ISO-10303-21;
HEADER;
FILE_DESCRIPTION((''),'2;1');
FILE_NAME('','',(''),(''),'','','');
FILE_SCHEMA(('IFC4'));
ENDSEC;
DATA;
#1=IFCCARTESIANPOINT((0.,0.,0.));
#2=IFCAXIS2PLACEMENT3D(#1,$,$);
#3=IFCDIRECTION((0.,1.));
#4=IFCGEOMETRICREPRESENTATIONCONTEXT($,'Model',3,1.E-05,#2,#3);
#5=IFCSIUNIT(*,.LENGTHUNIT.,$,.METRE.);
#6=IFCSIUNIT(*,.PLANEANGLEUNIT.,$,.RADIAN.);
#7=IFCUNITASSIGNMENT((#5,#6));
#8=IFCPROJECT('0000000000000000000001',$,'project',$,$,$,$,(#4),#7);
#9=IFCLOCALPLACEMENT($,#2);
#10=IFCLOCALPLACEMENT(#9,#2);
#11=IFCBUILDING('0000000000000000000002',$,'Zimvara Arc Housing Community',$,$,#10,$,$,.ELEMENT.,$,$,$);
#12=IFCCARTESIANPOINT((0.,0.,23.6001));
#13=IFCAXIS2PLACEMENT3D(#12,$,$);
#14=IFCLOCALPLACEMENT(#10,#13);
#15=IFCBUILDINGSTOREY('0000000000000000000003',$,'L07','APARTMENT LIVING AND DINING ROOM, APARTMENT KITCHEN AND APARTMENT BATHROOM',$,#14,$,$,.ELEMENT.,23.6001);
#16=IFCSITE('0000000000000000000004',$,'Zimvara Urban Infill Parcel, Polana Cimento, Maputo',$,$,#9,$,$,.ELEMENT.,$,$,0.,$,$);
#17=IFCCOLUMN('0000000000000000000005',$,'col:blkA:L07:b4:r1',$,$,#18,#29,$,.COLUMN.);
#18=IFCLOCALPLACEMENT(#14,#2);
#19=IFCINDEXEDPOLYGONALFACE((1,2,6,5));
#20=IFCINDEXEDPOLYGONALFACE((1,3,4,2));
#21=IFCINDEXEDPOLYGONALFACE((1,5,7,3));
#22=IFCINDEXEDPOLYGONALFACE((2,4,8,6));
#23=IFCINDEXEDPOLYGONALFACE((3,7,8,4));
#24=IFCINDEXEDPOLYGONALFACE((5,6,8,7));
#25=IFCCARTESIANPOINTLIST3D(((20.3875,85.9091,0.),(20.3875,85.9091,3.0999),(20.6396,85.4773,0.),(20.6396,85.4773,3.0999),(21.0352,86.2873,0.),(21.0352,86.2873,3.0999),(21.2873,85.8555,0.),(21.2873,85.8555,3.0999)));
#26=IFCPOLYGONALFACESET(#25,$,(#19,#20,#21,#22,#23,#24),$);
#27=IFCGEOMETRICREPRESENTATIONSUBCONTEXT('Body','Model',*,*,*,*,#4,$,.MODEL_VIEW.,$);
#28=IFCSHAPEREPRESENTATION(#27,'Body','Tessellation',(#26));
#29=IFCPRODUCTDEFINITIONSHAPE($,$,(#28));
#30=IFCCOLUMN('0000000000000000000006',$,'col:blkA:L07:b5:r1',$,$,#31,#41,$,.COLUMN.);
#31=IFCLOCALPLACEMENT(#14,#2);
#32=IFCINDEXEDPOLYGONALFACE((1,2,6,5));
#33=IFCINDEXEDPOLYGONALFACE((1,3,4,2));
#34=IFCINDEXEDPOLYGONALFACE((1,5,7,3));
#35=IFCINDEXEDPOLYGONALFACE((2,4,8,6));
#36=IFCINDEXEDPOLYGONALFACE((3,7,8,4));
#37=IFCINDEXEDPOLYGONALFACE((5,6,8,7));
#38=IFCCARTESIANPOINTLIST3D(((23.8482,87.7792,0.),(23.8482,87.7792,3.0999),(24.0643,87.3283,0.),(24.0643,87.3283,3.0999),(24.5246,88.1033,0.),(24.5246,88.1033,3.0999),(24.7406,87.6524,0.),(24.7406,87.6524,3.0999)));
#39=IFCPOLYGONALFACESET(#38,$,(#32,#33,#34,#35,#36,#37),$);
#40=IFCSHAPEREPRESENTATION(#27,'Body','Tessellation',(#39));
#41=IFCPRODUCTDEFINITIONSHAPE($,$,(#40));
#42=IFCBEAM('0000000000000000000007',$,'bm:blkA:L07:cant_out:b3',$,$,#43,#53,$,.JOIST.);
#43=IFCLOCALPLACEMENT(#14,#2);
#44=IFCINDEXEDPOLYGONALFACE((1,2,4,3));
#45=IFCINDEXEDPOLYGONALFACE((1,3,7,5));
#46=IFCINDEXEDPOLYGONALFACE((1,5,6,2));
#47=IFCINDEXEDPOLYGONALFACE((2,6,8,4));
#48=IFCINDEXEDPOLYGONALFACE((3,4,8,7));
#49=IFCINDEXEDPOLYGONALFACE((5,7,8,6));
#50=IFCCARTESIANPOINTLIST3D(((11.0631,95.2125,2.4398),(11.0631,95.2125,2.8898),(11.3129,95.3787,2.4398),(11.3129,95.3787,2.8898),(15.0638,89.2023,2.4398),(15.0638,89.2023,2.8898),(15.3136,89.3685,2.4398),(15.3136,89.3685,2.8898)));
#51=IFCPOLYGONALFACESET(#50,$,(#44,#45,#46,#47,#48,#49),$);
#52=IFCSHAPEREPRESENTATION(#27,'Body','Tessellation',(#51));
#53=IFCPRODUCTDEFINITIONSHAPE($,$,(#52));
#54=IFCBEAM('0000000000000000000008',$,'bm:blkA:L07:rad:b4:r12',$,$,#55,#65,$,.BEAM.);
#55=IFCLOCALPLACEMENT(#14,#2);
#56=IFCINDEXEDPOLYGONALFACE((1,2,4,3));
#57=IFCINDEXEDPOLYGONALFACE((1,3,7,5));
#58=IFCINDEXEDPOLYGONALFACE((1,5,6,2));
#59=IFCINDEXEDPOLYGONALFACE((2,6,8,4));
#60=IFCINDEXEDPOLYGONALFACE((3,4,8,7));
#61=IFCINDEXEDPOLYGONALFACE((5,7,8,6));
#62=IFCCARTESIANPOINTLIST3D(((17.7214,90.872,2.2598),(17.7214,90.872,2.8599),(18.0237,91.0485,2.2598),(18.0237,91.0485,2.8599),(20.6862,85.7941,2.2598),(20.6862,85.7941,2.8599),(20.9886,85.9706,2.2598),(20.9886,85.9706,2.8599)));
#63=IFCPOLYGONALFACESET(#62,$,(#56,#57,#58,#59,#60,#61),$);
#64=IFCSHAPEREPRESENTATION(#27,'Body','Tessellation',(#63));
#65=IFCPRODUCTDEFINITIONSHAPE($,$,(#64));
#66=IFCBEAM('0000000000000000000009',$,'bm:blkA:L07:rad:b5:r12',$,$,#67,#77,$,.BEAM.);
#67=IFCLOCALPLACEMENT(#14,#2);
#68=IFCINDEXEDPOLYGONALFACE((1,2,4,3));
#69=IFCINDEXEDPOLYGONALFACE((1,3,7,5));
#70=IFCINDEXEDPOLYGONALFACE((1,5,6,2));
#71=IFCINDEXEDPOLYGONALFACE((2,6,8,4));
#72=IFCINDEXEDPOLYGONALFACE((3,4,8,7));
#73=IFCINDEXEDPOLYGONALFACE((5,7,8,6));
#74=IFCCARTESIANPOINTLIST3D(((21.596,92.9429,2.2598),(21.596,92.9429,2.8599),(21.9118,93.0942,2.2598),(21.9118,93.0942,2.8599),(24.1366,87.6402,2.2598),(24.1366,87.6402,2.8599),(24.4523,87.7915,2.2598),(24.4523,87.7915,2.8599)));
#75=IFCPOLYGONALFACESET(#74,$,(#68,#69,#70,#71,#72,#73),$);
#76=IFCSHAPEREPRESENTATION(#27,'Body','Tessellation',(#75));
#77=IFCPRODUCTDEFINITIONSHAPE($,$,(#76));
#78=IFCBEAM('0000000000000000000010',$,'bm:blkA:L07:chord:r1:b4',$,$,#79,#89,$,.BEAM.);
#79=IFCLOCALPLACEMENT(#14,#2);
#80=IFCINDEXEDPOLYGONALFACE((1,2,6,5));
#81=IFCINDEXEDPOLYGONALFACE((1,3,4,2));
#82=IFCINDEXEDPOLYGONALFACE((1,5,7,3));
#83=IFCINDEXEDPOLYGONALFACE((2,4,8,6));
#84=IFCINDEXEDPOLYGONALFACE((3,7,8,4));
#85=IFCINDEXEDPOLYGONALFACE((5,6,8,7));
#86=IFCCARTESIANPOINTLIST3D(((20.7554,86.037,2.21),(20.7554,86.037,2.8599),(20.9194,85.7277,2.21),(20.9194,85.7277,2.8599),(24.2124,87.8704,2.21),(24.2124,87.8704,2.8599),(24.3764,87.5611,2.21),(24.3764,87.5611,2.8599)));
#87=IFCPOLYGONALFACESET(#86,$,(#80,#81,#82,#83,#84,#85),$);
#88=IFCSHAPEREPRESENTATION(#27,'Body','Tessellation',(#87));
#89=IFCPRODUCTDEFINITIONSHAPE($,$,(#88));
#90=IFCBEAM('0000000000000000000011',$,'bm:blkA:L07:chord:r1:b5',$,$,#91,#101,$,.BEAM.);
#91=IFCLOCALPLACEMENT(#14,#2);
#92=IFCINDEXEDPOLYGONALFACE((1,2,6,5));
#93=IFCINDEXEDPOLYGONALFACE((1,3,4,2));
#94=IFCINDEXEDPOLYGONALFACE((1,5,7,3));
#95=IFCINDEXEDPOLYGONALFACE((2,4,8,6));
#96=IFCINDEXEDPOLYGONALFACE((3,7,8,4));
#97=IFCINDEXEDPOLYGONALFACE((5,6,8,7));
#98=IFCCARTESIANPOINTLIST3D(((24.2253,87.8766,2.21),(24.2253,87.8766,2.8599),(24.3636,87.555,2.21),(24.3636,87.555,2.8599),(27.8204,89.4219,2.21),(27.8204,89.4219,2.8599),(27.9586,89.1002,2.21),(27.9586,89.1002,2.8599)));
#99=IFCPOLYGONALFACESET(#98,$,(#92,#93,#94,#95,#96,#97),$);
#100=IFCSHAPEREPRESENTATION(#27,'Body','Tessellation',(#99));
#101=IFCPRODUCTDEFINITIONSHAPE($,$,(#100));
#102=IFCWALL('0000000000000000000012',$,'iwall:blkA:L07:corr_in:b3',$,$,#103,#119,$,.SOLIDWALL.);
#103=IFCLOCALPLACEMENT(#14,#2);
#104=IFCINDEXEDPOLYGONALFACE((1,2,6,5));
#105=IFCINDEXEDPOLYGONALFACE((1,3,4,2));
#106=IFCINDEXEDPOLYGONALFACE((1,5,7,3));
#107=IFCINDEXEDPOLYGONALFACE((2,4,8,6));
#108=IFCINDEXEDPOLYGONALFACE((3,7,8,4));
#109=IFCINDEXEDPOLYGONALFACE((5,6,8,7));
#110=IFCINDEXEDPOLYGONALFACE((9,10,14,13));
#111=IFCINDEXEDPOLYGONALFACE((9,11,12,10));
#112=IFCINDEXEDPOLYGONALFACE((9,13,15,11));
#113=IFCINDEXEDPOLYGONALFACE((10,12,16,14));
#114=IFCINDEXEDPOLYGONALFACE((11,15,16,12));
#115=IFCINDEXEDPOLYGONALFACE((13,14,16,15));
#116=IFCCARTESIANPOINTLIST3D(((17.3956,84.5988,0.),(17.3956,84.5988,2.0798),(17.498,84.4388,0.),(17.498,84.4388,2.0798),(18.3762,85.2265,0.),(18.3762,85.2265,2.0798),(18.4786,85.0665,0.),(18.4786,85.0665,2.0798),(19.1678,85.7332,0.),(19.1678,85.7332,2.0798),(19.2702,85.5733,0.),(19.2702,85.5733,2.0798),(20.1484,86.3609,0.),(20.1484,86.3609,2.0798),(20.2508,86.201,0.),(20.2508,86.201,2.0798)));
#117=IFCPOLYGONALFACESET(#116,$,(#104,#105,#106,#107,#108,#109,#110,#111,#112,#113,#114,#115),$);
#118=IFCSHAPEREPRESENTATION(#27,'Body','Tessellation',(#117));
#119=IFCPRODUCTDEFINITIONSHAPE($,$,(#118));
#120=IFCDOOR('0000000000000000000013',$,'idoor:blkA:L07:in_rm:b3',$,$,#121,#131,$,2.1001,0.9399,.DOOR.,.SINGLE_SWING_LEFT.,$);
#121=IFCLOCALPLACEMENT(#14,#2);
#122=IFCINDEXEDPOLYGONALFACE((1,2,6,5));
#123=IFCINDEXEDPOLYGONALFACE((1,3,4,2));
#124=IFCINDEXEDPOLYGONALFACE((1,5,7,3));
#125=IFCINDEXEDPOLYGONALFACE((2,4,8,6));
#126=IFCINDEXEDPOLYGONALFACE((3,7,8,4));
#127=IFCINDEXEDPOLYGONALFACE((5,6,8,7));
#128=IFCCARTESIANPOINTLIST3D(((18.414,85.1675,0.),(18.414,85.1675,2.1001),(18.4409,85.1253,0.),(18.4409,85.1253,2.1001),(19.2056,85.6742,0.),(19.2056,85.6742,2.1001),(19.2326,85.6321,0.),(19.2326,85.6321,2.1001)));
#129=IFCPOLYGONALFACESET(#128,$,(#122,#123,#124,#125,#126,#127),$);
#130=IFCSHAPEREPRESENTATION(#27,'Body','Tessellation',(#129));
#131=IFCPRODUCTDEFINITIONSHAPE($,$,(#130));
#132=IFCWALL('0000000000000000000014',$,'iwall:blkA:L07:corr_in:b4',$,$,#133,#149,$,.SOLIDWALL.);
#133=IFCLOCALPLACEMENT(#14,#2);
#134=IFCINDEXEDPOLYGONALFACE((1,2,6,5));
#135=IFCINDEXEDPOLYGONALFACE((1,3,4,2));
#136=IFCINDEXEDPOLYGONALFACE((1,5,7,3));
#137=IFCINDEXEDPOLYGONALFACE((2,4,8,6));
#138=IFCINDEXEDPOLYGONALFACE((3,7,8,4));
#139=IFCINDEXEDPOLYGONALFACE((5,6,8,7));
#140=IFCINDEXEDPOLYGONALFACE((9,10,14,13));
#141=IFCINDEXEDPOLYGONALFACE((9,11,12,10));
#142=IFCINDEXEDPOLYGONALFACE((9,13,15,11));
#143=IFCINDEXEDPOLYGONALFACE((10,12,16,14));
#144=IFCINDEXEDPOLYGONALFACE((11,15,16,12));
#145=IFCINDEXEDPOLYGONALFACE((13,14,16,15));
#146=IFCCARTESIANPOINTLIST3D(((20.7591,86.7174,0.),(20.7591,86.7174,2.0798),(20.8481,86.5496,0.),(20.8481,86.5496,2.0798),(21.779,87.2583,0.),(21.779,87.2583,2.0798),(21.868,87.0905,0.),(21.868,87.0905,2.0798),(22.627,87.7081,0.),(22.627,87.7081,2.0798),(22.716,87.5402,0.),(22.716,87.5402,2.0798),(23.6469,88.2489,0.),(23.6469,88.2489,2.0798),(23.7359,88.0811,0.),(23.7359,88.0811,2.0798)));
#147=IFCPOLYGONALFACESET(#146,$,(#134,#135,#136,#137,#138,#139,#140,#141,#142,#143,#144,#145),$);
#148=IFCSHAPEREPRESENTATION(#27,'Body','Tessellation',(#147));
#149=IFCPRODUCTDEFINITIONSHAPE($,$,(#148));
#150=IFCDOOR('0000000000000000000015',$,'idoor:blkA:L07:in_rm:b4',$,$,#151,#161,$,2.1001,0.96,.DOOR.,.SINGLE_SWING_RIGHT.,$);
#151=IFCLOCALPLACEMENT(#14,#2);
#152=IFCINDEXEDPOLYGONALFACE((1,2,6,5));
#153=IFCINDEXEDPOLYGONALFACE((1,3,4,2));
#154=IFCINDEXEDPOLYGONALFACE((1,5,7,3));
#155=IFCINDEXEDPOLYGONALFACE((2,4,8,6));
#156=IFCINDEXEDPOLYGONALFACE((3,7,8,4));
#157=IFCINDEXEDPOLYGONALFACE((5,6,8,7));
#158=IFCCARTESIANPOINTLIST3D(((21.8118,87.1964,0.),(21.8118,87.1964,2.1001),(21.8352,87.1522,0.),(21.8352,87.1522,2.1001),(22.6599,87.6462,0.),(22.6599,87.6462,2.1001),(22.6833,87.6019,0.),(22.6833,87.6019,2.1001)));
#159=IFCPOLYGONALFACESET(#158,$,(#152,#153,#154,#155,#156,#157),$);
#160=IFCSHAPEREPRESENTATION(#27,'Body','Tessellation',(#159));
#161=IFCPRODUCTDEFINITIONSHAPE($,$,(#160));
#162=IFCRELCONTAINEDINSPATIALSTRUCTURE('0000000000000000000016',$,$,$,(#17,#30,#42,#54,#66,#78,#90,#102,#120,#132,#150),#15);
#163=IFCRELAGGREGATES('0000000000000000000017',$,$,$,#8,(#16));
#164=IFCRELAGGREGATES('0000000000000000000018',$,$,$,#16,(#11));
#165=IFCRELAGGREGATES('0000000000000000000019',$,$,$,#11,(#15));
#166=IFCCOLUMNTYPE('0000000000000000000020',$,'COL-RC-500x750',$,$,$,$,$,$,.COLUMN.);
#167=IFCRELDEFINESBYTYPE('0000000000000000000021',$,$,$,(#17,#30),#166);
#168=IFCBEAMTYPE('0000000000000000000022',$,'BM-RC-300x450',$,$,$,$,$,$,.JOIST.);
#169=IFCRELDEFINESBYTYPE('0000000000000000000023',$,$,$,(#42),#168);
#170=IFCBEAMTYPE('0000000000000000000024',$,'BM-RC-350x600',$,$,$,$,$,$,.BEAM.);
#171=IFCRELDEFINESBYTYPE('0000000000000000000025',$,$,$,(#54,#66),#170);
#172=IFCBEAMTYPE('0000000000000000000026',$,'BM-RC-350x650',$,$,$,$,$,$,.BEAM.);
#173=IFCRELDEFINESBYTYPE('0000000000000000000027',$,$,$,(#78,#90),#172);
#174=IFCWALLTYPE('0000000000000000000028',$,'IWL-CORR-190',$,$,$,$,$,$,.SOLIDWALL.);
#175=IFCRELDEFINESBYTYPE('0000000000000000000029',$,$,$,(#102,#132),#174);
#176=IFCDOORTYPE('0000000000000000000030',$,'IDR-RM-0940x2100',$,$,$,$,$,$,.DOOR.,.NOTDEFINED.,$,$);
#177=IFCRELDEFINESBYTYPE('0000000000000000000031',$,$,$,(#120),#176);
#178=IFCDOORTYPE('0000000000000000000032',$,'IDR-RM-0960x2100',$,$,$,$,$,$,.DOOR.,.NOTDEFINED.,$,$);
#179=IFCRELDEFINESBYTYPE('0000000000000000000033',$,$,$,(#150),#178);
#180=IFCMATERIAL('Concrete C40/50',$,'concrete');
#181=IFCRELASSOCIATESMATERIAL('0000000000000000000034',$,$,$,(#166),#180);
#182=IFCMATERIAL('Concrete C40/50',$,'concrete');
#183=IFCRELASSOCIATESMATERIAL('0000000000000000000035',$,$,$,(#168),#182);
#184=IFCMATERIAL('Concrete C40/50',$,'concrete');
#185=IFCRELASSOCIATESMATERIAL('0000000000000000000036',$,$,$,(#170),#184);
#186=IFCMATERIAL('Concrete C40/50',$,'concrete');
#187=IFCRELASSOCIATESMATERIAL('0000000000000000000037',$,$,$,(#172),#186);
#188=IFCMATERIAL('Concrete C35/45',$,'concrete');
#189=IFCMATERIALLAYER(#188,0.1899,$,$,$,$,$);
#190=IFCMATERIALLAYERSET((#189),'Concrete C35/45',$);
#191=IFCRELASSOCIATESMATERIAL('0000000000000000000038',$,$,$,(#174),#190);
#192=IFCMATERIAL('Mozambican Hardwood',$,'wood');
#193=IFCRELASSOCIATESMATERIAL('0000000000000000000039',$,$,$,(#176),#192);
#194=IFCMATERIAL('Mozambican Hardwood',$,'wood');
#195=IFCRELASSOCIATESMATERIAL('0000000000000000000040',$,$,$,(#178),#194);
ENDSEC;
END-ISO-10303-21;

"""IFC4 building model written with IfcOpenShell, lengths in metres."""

from ifc_helpers import new_model, si_unit, direction, frame, frame_2d, origin, origin_2d, place, context, subcontext, project, spatial, rectangle, extrude, material, layer, layer_set, material_profile, profile_set, type_object, element, fill, save


model = new_model("IFC4")

# Units and contexts
model_context = context("Model", 3, precision=1e-05, world=origin(), true_north=direction((0.0, 1.0)))
body_context = subcontext(model_context, "Body", "Model", "MODEL_VIEW")
ifc_project = project(units=[si_unit("LENGTHUNIT", "METRE"), si_unit("PLANEANGLEUNIT", "RADIAN")], contexts=[model_context])

# Site, building, storey
site_placement = place(None, origin())
site = spatial("IfcSite", under=ifc_project, at=site_placement, Name="Zimvara Urban Infill Parcel, Polana Cimento, Maputo", CompositionType="ELEMENT", RefElevation=0.0)
building_placement = place(site_placement, origin())
building = spatial("IfcBuilding", under=site, at=building_placement, Name="Zimvara Arc Housing Community", CompositionType="ELEMENT")
storey_placement = place(building_placement, frame((0.0, 0.0, 23.6001)))
storey = spatial("IfcBuildingStorey", under=building, at=storey_placement, Name="L07", Description="APARTMENT LIVING AND DINING ROOM, APARTMENT KITCHEN AND APARTMENT BATHROOM", CompositionType="ELEMENT", Elevation=23.6001)

# Columns
ifc_material_1 = material(Name="Concrete C40/50", Category="concrete")
ifc_material_profile_1 = material_profile(ifc_material_1, rectangle(XDim=0.5, YDim=0.75, at=origin_2d()), Name="RC 500x750")
ifc_profile_set_1 = profile_set([ifc_material_profile_1], Name="Concrete C40/50")
column_type = type_object("IfcColumnType", Name="COL-RC-500x750", PredefinedType="COLUMN", material=ifc_profile_set_1)
for number, where, z_axis, x_axis, name in (
    (1, (20.8374, 85.8823, 0.0), (0.0, 0.0, 1.0), (-0.504226, 0.863572, 0.0), "col:blkA:L07:b4:r1"),
    (2, (24.2944, 87.7158, 0.0), (0.0, 0.0, 1.0), (-0.432086, 0.901833, 0.0), "col:blkA:L07:b5:r1"),
):
    element("IfcColumn", number, at=place(storey_placement, frame(where, z_axis=z_axis, x_axis=x_axis)), inside=storey, type_object=column_type, Name=name, PredefinedType="COLUMN", context=body_context, shape_type="SweptSolid", body=[
        extrude(rectangle(XDim=0.5, YDim=0.75, at=origin_2d()), origin(), (0.0, 0.0, 1.0), 3.0999),
    ])

# Beams
ifc_material_2 = material(Name="Concrete C40/50", Category="concrete")
ifc_material_profile_2 = material_profile(ifc_material_2, rectangle(XDim=0.3, YDim=0.45, at=origin_2d()), Name="RC 300x450")
ifc_profile_set_2 = profile_set([ifc_material_profile_2], Name="Concrete C40/50")
beam_type_1 = type_object("IfcBeamType", Name="BM-RC-300x450", PredefinedType="JOIST", material=ifc_profile_set_2)
beam_1_placement = place(storey_placement, frame((15.1887, 89.2854, 2.6648), z_axis=(-0.554115, 0.83244, 0.0), x_axis=(-0.83244, -0.554115, 0.0)))
element("IfcBeam", 3, at=beam_1_placement, inside=storey, type_object=beam_type_1, Name="bm:blkA:L07:cant_out:b3", PredefinedType="JOIST", context=body_context, shape_type="SweptSolid", body=[
    extrude(rectangle(XDim=0.3, YDim=0.45, at=origin_2d()), origin(), (0.0, 0.0, 1.0), 7.22),
])
ifc_material_3 = material(Name="Concrete C40/50", Category="concrete")
ifc_material_profile_3 = material_profile(ifc_material_3, rectangle(XDim=0.3501, YDim=0.6001, at=origin_2d()), Name="RC 350x600")
ifc_profile_set_3 = profile_set([ifc_material_profile_3], Name="Concrete C40/50")
beam_type_2 = type_object("IfcBeamType", Name="BM-RC-350x600", PredefinedType="BEAM", material=ifc_profile_set_3)
beam_2_placement = place(storey_placement, frame((20.8374, 85.8823, 2.5598), z_axis=(-0.504219, 0.863576, 0.0), x_axis=(-0.863576, -0.504219, 0.0)))
element("IfcBeam", 4, at=beam_2_placement, inside=storey, type_object=beam_type_2, Name="bm:blkA:L07:rad:b4:r12", PredefinedType="BEAM", context=body_context, shape_type="SweptSolid", body=[
    extrude(rectangle(XDim=0.3501, YDim=0.6001, at=origin_2d()), origin(), (0.0, 0.0, 1.0), 5.8801),
])
beam_3_placement = place(storey_placement, frame((24.2944, 87.7158, 2.5598), z_axis=(-0.43207, 0.90184, 0.0), x_axis=(-0.90184, -0.43207, 0.0)))
element("IfcBeam", 5, at=beam_3_placement, inside=storey, type_object=beam_type_2, Name="bm:blkA:L07:rad:b5:r12", PredefinedType="BEAM", context=body_context, shape_type="SweptSolid", body=[
    extrude(rectangle(XDim=0.3501, YDim=0.6001, at=origin_2d()), origin(), (0.0, 0.0, 1.0), 5.8799),
])
ifc_material_4 = material(Name="Concrete C40/50", Category="concrete")
ifc_material_profile_4 = material_profile(ifc_material_4, rectangle(XDim=0.3501, YDim=0.6499, at=origin_2d()), Name="RC 350x650")
ifc_profile_set_4 = profile_set([ifc_material_profile_4], Name="Concrete C40/50")
beam_type_3 = type_object("IfcBeamType", Name="BM-RC-350x650", PredefinedType="BEAM", material=ifc_profile_set_4)
for number, where, z_axis, x_axis, name in (
    (6, (20.8374, 85.8823, 2.5349), (0.883439, 0.468547, 0.0), (-0.468547, 0.883439, 0.0), "bm:blkA:L07:chord:r1:b4"),
    (7, (24.2944, 87.7158, 2.5349), (0.918731, 0.394883, 0.0), (-0.394883, 0.918731, 0.0), "bm:blkA:L07:chord:r1:b5"),
):
    element("IfcBeam", number, at=place(storey_placement, frame(where, z_axis=z_axis, x_axis=x_axis)), inside=storey, type_object=beam_type_3, Name=name, PredefinedType="BEAM", context=body_context, shape_type="SweptSolid", body=[
        extrude(rectangle(XDim=0.3501, YDim=0.6499, at=origin_2d()), origin(), (0.0, 0.0, 1.0), 3.9131),
    ])

# Walls, openings, doors
ifc_material_5 = material(Name="Concrete C35/45", Category="concrete")
ifc_layer_1 = layer(ifc_material_5, 0.1899)
ifc_layer_set_1 = layer_set([ifc_layer_1], Name="Concrete C35/45")
wall_type_1 = type_object("IfcWallType", Name="IWL-CORR-190", PredefinedType="SOLIDWALL", material=ifc_layer_set_1)
wall_1_placement = place(storey_placement, frame((17.4468, 84.5188, 0.0), z_axis=(0.0, 0.0, 1.0), x_axis=(0.842225, 0.539126, 0.0)))
wall_1 = element("IfcWall", 8, at=wall_1_placement, inside=storey, type_object=wall_type_1, Name="iwall:blkA:L07:corr_in:b3", PredefinedType="SOLIDWALL", context=body_context, shape_type="SweptSolid", body=[
    extrude(rectangle(XDim=3.2686, YDim=0.1899, at=frame_2d((1.6343, 0.0))), origin(), (0.0, 0.0, 1.0), 2.0798),
])
opening_1_placement = place(wall_1_placement, frame((1.1643, 0.0, 0.0)))
opening_1 = element("IfcOpeningElement", 9, at=opening_1_placement, cuts=wall_1, PredefinedType="OPENING", context=body_context, shape_type="SweptSolid", body=[
    extrude(rectangle(XDim=0.9399, YDim=2.1001, at=frame_2d((0.47, 1.05))), frame((0.0, 0.105, 0.0), z_axis=(0.0, -1.0, 0.0), x_axis=(1.0, 0.0, 0.0)), (0.0, 0.0, 1.0), 0.21),
])
ifc_material_6 = material(Name="Mozambican Hardwood", Category="wood")
door_type_1 = type_object("IfcDoorType", Name="IDR-RM-0940x2100", OperationType="NOTDEFINED", PredefinedType="DOOR", material=ifc_material_6)
door_1_placement = place(opening_1_placement, origin())
door_1 = element("IfcDoor", 10, at=door_1_placement, inside=storey, type_object=door_type_1, Name="idoor:blkA:L07:in_rm:b3", OperationType="SINGLE_SWING_LEFT", OverallHeight=2.1001, OverallWidth=0.9399, PredefinedType="DOOR", context=body_context, shape_type="SweptSolid", body=[
    extrude(rectangle(XDim=0.9399, YDim=2.1001, at=frame_2d((0.47, 1.05))), frame((0.0, 0.0249, 0.0), z_axis=(0.0, -1.0, 0.0), x_axis=(1.0, 0.0, 0.0)), (0.0, 0.0, 1.0), 0.05),
])
fill(opening_1, door_1)
wall_2_placement = place(storey_placement, frame((20.8037, 86.6335, 0.0), z_axis=(0.0, 0.0, 1.0), x_axis=(0.883444, 0.468536, 0.0)))
wall_2 = element("IfcWall", 11, at=wall_2_placement, inside=storey, type_object=wall_type_1, Name="iwall:blkA:L07:corr_in:b4", PredefinedType="SOLIDWALL", context=body_context, shape_type="SweptSolid", body=[
    extrude(rectangle(XDim=3.2688, YDim=0.1899, at=frame_2d((1.6343, 0.0))), origin(), (0.0, 0.0, 1.0), 2.0798),
])
opening_2_placement = place(wall_2_placement, frame((1.1543, 0.0, 0.0)))
opening_2 = element("IfcOpeningElement", 12, at=opening_2_placement, cuts=wall_2, PredefinedType="OPENING", context=body_context, shape_type="SweptSolid", body=[
    extrude(rectangle(XDim=0.96, YDim=2.1001, at=frame_2d((0.48, 1.05))), frame((0.0, 0.105, 0.0), z_axis=(0.0, -1.0, 0.0), x_axis=(1.0, 0.0, 0.0)), (0.0, 0.0, 1.0), 0.21),
])
ifc_material_7 = material(Name="Mozambican Hardwood", Category="wood")
door_type_2 = type_object("IfcDoorType", Name="IDR-RM-0960x2100", OperationType="NOTDEFINED", PredefinedType="DOOR", material=ifc_material_7)
door_2_placement = place(opening_2_placement, origin())
door_2 = element("IfcDoor", 13, at=door_2_placement, inside=storey, type_object=door_type_2, Name="idoor:blkA:L07:in_rm:b4", OperationType="SINGLE_SWING_RIGHT", OverallHeight=2.1001, OverallWidth=0.96, PredefinedType="DOOR", context=body_context, shape_type="SweptSolid", body=[
    extrude(rectangle(XDim=0.96, YDim=2.1001, at=frame_2d((0.48, 1.05))), frame((0.0, 0.0249, 0.0), z_axis=(0.0, -1.0, 0.0), x_axis=(1.0, 0.0, 0.0)), (0.0, 0.0, 1.0), 0.05),
])
fill(opening_2, door_2)

save(model, "model.ifc")
